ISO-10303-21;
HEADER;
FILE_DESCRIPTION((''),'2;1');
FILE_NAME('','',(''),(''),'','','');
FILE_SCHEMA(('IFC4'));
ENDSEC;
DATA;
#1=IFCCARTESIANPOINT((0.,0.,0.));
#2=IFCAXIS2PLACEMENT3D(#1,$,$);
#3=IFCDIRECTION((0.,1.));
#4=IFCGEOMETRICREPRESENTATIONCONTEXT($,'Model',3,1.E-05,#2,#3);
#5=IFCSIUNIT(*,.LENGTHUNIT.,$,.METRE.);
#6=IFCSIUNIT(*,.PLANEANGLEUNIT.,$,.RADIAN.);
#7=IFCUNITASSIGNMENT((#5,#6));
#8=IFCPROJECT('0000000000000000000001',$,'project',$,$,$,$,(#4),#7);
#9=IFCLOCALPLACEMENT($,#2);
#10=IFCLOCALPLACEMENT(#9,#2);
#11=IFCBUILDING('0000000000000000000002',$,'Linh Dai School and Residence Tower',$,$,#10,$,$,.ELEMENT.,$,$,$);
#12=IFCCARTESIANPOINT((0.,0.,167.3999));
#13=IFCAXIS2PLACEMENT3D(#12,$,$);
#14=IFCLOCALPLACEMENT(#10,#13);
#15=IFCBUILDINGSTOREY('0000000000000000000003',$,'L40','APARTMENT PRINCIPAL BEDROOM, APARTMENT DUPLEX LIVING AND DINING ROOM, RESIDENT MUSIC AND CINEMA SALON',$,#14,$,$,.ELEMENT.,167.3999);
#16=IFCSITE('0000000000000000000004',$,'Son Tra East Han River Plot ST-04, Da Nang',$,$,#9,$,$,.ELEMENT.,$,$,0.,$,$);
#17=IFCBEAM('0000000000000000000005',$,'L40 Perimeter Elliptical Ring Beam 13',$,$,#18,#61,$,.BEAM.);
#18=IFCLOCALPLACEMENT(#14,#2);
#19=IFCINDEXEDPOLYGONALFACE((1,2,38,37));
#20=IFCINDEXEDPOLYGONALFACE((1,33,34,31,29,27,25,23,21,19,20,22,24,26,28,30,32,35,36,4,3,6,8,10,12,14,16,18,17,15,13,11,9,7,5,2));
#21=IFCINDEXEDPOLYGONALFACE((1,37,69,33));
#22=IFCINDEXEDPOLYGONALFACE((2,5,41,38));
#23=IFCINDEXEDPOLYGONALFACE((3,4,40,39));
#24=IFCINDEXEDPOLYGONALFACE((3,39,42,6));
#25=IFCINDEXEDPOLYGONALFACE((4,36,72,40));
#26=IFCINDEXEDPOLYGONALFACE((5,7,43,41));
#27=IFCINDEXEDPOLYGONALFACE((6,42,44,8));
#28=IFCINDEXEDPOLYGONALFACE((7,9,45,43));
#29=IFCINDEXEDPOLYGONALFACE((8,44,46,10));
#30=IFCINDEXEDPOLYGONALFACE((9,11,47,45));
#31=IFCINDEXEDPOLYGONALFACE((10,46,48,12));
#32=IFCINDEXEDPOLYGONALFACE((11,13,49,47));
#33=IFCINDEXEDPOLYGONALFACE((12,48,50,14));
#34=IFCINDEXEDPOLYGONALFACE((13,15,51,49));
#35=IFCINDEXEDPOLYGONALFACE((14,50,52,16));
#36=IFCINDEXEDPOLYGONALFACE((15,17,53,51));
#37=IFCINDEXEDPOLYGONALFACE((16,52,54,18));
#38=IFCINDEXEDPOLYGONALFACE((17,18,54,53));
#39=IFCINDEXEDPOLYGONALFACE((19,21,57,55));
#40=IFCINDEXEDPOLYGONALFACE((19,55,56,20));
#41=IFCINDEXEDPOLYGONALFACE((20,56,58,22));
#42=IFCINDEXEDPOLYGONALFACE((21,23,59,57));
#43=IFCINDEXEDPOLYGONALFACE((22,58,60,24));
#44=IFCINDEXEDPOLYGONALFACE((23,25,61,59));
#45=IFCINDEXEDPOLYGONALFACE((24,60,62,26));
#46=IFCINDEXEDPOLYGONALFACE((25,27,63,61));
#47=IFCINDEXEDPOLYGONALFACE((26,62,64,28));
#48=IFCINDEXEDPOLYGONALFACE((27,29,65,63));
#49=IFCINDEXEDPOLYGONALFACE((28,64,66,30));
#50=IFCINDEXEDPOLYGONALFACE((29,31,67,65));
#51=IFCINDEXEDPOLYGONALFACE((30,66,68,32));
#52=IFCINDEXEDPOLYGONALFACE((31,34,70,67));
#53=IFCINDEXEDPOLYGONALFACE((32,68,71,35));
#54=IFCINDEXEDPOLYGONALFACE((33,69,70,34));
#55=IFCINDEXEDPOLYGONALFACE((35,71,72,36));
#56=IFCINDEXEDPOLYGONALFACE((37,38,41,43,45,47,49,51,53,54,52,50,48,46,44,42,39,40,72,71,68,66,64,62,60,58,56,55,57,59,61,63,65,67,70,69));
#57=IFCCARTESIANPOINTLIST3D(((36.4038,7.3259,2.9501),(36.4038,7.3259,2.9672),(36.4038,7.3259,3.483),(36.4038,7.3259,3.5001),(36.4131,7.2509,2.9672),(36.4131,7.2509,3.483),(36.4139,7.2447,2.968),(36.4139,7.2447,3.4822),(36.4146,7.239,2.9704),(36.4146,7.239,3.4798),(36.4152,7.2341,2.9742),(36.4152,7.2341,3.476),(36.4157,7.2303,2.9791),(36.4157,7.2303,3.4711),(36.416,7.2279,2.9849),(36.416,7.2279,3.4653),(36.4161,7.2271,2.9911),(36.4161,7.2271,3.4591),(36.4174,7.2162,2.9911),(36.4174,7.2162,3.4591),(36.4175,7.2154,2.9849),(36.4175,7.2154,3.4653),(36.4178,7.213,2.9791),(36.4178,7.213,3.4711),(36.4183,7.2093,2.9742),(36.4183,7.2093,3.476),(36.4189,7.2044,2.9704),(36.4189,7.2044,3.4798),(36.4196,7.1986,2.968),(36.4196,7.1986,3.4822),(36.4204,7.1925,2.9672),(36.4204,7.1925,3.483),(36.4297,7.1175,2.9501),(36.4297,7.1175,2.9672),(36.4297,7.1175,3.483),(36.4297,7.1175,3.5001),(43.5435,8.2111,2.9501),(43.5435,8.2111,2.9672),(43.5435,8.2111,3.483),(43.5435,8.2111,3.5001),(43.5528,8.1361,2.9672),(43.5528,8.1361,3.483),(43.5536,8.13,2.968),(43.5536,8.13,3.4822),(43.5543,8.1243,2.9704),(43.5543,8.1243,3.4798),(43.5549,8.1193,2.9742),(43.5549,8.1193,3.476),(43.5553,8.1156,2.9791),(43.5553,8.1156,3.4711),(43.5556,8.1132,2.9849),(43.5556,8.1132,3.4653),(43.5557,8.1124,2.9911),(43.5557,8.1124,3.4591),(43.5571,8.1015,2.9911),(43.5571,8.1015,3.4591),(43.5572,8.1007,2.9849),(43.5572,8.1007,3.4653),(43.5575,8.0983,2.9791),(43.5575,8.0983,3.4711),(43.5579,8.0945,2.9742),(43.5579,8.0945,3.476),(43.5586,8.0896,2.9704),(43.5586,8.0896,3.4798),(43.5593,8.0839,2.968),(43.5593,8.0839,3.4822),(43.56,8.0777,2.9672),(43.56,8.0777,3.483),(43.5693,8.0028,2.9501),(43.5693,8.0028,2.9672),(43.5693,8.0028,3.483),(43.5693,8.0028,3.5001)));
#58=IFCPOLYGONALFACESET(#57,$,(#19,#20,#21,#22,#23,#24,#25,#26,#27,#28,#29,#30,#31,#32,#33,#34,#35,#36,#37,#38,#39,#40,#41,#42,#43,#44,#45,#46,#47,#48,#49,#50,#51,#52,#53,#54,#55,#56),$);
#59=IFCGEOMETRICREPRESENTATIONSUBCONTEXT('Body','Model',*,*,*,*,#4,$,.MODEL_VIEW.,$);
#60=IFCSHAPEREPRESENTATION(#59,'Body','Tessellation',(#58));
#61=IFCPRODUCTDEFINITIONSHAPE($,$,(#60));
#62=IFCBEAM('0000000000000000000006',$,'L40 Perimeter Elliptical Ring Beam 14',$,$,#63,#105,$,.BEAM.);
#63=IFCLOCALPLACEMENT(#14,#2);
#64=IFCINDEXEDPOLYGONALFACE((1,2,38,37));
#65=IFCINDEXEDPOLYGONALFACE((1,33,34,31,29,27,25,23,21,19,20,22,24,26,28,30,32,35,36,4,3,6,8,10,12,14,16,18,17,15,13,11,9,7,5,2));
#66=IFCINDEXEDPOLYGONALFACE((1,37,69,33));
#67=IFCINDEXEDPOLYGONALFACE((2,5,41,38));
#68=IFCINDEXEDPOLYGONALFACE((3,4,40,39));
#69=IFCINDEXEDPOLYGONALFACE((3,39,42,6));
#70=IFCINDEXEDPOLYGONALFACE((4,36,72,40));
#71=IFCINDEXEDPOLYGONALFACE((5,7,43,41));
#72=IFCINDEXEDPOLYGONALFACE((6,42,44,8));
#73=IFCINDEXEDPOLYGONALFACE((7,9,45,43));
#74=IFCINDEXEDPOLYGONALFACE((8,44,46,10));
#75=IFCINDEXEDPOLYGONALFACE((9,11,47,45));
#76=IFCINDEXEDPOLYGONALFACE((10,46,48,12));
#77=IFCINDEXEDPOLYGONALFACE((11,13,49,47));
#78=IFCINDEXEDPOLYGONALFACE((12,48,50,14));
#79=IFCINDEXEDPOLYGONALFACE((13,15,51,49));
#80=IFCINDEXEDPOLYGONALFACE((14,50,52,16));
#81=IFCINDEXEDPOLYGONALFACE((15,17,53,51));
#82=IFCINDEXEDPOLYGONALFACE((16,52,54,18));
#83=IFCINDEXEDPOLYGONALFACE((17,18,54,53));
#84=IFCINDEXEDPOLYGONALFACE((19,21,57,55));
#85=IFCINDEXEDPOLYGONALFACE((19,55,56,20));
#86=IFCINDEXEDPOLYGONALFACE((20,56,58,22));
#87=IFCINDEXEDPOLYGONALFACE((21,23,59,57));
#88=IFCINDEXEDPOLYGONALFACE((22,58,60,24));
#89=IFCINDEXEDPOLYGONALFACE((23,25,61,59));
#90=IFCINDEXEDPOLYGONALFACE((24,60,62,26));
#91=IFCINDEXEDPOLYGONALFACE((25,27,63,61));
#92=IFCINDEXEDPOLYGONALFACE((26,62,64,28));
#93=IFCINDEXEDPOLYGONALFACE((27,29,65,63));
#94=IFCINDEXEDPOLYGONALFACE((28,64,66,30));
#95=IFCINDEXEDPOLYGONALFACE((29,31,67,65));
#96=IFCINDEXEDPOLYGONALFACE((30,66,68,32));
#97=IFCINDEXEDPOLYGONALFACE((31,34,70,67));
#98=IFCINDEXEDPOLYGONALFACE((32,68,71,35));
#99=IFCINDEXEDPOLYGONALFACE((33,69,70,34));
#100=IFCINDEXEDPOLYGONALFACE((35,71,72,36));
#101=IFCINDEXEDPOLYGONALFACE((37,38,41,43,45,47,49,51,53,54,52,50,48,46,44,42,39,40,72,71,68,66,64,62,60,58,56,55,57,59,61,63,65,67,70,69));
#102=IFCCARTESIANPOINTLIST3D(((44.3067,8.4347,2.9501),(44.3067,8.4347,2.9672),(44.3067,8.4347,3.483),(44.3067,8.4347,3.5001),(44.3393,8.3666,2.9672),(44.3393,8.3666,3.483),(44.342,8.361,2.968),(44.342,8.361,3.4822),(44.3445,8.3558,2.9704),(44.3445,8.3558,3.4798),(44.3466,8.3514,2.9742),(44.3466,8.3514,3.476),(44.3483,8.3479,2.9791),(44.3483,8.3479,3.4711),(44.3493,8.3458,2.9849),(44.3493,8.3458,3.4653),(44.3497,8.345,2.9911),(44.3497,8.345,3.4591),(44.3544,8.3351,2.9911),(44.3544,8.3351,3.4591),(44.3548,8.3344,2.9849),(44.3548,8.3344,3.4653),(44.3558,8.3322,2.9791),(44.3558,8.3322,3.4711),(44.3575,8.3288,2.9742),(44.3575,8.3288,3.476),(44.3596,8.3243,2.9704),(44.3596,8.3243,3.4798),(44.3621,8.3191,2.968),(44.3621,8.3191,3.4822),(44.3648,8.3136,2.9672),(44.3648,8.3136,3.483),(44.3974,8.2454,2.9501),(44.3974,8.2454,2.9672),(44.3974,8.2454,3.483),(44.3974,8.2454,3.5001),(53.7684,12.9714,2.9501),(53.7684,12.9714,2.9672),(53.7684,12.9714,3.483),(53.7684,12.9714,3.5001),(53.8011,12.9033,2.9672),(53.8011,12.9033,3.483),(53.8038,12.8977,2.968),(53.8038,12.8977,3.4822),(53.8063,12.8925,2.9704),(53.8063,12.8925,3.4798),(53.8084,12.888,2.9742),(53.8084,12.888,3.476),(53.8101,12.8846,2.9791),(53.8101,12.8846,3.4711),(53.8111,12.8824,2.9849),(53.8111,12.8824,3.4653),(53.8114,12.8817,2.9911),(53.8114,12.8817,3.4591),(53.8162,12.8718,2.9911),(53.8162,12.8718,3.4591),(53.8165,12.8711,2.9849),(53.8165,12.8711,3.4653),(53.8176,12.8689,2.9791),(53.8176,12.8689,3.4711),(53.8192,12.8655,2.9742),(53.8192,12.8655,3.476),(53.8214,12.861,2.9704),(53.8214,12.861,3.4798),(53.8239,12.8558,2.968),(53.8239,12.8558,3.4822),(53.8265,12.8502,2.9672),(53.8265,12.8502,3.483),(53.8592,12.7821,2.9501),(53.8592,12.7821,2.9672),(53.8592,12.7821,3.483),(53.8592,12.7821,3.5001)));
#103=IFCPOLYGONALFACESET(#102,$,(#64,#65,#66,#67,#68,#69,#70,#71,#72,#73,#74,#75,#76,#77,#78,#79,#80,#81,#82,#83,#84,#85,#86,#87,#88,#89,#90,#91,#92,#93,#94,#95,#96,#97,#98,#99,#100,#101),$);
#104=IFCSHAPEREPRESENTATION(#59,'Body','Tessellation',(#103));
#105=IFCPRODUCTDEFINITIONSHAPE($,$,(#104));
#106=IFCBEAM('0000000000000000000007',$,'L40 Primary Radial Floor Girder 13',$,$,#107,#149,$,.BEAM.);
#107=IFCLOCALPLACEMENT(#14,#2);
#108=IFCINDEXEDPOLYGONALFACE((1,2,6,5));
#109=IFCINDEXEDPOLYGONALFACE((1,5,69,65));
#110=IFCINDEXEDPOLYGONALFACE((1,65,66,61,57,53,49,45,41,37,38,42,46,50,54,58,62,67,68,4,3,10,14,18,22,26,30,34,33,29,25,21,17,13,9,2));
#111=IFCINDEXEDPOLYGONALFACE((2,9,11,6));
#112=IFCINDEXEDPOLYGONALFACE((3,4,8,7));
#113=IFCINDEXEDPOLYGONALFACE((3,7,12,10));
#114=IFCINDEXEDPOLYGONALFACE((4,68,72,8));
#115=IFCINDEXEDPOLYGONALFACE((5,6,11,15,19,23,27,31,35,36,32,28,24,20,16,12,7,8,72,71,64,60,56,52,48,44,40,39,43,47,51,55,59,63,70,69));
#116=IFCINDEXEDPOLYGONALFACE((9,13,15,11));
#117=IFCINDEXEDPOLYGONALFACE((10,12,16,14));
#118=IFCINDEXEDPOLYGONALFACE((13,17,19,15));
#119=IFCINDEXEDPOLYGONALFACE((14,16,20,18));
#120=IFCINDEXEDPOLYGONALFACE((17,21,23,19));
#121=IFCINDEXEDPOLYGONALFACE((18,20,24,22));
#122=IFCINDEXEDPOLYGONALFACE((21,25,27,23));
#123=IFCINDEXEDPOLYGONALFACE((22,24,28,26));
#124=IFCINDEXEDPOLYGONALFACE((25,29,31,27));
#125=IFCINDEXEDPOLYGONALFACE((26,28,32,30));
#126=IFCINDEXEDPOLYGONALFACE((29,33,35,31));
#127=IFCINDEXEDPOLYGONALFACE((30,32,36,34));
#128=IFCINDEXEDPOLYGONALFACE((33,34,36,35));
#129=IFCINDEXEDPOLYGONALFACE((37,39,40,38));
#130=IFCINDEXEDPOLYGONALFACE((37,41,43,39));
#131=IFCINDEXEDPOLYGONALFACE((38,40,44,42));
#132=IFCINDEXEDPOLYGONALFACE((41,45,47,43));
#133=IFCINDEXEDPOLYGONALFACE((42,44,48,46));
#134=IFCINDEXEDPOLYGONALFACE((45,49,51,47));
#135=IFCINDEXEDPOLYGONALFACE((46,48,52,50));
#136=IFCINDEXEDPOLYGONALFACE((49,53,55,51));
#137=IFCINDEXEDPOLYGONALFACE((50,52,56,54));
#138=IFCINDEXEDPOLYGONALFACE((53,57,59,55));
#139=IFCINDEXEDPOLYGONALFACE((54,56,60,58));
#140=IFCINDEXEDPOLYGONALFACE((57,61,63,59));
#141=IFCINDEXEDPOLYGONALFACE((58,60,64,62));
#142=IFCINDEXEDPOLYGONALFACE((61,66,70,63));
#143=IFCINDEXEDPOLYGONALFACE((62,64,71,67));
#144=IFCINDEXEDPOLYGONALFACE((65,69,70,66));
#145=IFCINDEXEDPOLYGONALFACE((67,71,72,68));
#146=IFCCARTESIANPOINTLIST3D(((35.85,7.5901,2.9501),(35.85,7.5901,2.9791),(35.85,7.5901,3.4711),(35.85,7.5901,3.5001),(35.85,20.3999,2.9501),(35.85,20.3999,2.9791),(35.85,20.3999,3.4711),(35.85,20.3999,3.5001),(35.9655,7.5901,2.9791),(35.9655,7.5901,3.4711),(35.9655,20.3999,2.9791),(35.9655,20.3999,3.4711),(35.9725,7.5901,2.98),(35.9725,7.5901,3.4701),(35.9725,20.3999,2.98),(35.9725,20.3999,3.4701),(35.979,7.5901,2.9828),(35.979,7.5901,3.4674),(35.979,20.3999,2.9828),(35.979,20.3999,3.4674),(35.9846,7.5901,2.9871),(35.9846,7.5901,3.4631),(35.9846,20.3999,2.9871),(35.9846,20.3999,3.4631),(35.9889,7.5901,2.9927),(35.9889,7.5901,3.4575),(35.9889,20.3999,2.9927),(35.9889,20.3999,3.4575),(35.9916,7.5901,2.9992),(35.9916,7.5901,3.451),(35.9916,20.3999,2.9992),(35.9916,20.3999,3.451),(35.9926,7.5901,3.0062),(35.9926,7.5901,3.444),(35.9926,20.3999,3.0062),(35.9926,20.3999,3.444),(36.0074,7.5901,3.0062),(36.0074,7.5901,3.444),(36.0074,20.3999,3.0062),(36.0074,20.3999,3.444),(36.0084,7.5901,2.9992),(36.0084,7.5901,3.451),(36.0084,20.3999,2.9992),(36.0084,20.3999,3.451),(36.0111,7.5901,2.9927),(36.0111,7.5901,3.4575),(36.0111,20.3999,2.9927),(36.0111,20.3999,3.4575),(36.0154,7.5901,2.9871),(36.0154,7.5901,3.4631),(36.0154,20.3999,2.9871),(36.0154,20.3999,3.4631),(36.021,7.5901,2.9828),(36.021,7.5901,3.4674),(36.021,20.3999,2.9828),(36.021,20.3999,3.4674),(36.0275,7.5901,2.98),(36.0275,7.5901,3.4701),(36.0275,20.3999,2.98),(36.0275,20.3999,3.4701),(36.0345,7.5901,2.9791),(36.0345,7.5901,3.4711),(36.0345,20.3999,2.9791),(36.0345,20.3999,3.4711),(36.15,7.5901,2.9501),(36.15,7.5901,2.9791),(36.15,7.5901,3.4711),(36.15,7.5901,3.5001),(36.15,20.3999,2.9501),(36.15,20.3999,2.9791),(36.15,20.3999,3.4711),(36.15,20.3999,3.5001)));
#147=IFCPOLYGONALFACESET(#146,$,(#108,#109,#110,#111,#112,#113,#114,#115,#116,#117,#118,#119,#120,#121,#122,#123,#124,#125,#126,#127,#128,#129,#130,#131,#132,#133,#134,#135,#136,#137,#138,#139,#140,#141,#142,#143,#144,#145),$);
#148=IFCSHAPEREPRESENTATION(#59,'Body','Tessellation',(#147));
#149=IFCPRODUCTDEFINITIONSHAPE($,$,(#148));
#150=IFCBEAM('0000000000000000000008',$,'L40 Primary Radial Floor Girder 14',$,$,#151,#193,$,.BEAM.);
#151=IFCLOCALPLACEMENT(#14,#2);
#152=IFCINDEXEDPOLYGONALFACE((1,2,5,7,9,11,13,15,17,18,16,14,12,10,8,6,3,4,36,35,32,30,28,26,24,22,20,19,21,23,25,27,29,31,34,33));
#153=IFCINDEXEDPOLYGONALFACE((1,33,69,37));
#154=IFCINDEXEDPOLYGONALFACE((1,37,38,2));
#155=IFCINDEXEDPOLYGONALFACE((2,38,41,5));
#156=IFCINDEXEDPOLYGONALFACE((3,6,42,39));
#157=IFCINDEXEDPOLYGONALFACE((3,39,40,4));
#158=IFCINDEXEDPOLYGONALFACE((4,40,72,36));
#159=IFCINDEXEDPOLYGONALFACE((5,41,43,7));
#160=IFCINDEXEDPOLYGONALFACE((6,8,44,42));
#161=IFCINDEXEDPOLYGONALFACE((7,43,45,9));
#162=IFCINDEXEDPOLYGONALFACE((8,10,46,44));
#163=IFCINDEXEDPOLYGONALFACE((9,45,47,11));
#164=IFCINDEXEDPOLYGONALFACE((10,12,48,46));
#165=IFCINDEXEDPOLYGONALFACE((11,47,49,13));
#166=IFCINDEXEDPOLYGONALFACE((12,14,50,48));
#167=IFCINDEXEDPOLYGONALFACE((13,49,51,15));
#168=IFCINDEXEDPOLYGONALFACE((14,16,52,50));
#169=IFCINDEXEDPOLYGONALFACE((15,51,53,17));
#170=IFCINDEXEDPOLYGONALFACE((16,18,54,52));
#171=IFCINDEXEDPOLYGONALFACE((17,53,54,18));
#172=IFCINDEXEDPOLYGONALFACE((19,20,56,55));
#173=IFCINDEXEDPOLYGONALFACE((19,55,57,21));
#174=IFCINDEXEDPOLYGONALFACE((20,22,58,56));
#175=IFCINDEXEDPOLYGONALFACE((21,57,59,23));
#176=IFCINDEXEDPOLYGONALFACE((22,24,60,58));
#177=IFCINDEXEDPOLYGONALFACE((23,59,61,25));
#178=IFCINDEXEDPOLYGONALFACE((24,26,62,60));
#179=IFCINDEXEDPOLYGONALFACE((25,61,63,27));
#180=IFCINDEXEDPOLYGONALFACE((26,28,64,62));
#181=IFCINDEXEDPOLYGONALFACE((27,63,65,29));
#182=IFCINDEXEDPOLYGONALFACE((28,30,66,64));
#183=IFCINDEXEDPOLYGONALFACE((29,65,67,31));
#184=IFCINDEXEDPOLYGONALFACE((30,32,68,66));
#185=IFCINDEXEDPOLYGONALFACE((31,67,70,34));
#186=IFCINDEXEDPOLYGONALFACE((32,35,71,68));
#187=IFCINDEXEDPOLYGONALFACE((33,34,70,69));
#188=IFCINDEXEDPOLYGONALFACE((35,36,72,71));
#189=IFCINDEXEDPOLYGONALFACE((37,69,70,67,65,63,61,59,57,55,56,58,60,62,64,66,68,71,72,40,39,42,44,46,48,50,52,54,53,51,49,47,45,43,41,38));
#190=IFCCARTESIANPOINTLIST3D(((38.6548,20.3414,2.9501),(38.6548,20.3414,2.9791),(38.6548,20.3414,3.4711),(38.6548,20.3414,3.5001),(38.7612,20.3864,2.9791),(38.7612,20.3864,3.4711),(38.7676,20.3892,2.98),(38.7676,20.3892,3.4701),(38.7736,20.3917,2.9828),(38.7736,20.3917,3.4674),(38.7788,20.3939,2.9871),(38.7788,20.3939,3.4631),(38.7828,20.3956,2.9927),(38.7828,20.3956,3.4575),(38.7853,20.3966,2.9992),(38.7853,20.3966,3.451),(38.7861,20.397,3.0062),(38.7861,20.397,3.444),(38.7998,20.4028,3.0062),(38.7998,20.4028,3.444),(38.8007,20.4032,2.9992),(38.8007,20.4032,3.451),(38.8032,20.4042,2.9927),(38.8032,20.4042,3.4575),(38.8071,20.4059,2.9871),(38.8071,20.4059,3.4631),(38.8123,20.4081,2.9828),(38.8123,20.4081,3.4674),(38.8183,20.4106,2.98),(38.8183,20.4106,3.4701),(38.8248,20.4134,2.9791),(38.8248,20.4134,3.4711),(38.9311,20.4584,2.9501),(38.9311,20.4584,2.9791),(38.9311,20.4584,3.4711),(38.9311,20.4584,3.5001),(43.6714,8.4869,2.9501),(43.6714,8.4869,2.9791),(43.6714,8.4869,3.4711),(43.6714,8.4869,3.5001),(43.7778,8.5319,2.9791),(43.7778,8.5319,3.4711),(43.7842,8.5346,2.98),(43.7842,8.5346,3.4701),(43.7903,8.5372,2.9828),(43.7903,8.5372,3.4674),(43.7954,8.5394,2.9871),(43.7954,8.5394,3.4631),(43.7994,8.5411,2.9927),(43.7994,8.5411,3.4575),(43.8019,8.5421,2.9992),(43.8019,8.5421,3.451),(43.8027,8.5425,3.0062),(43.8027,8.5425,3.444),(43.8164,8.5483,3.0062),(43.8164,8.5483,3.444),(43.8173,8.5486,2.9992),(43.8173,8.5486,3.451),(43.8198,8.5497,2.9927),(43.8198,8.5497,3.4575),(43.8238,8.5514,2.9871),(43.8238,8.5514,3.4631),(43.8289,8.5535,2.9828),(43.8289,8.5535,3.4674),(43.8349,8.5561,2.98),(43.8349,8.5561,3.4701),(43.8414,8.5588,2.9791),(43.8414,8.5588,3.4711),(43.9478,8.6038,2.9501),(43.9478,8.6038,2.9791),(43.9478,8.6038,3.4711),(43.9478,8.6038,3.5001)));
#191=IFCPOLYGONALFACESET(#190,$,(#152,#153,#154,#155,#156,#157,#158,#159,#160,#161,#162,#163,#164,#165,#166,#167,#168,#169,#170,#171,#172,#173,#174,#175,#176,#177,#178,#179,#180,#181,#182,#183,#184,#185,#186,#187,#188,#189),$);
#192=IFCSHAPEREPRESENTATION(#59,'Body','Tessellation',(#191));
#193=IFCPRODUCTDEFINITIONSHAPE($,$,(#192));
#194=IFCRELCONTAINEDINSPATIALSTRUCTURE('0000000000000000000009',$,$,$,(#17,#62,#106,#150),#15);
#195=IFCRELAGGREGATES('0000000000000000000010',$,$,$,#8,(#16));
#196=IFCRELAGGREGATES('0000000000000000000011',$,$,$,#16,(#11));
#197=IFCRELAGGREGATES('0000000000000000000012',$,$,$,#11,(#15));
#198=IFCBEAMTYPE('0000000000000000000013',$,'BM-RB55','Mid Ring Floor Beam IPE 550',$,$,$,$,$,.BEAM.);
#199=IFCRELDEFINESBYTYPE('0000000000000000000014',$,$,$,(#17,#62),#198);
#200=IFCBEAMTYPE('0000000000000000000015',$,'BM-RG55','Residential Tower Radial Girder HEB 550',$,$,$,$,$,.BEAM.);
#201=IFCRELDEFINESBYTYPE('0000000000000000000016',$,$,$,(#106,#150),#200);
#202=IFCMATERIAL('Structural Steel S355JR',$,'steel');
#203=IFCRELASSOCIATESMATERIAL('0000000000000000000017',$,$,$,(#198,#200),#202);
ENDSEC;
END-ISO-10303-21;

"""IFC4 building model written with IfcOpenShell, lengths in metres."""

from ifc_helpers import new_model, si_unit, direction, frame, origin, origin_2d, place, context, subcontext, project, spatial, i_section, extrude, material, material_profile, profile_set, type_object, element, save


model = new_model("IFC4")

# Units and contexts
model_context = context("Model", 3, precision=1e-05, world=origin(), true_north=direction((0.0, 1.0)))
body_context = subcontext(model_context, "Body", "Model", "MODEL_VIEW")
ifc_project = project(units=[si_unit("LENGTHUNIT", "METRE"), si_unit("PLANEANGLEUNIT", "RADIAN")], contexts=[model_context])

# Site, building, storey
site_placement = place(None, origin())
site = spatial("IfcSite", under=ifc_project, at=site_placement, Name="Son Tra East Han River Plot ST-04, Da Nang", CompositionType="ELEMENT", RefElevation=0.0)
building_placement = place(site_placement, origin())
building = spatial("IfcBuilding", under=site, at=building_placement, Name="Linh Dai School and Residence Tower", CompositionType="ELEMENT")
storey_placement = place(building_placement, frame((0.0, 0.0, 167.3999)))
storey = spatial("IfcBuildingStorey", under=building, at=storey_placement, Name="L40", Description="APARTMENT PRINCIPAL BEDROOM, APARTMENT DUPLEX LIVING AND DINING ROOM, RESIDENT MUSIC AND CINEMA SALON", CompositionType="ELEMENT", Elevation=167.3999)

# Shared definitions
ifc_material_1 = material(Name="Structural Steel S355JR", Category="steel")

# Beams
ifc_material_profile_1 = material_profile(ifc_material_1, i_section(OverallWidth=0.21, OverallDepth=0.55, WebThickness=0.011, FlangeThickness=0.0171, FilletRadius=0.0239, at=origin_2d()), Name="IPE 550")
ifc_profile_set_1 = profile_set([ifc_material_profile_1], Name="Structural Steel S355JR")
beam_type_1 = type_object("IfcBeamType", Name="BM-RB55", Description="Mid Ring Floor Beam IPE 550", PredefinedType="BEAM", material=ifc_profile_set_1)
beam_1_placement = place(storey_placement, frame((36.4167, 7.2217, 3.2251), z_axis=(0.992401, 0.123049, 0.0), x_axis=(-0.123049, 0.992401, 0.0)))
element("IfcBeam", 1, at=beam_1_placement, inside=storey, type_object=beam_type_1, Name="L40 Perimeter Elliptical Ring Beam 13", PredefinedType="BEAM", context=body_context, shape_type="SweptSolid", body=[
    extrude(i_section(OverallWidth=0.21, OverallDepth=0.55, WebThickness=0.011, FlangeThickness=0.0171, FilletRadius=0.0239, at=origin_2d()), origin(), (0.0, 0.0, 1.0), 7.1943),
])
beam_2_placement = place(storey_placement, frame((44.3521, 8.3401, 3.2251), z_axis=(0.901708, 0.432345, 0.0), x_axis=(-0.432345, 0.901708, 0.0)))
element("IfcBeam", 2, at=beam_2_placement, inside=storey, type_object=beam_type_1, Name="L40 Perimeter Elliptical Ring Beam 14", PredefinedType="BEAM", context=body_context, shape_type="SweptSolid", body=[
    extrude(i_section(OverallWidth=0.21, OverallDepth=0.55, WebThickness=0.011, FlangeThickness=0.0171, FilletRadius=0.0239, at=origin_2d()), origin(), (0.0, 0.0, 1.0), 10.4932),
])
ifc_material_profile_2 = material_profile(ifc_material_1, i_section(OverallWidth=0.3, OverallDepth=0.55, WebThickness=0.0149, FlangeThickness=0.0291, FilletRadius=0.0271, at=origin_2d()), Name="HEB 550")
ifc_profile_set_2 = profile_set([ifc_material_profile_2], Name="Structural Steel S355JR")
beam_type_2 = type_object("IfcBeamType", Name="BM-RG55", Description="Residential Tower Radial Girder HEB 550", PredefinedType="BEAM", material=ifc_profile_set_2)
beam_3_placement = place(storey_placement, frame((36.0, 20.3999, 3.2251), z_axis=(0.0, -1.0, 0.0), x_axis=(1.0, 0.0, 0.0)))
element("IfcBeam", 3, at=beam_3_placement, inside=storey, type_object=beam_type_2, Name="L40 Primary Radial Floor Girder 13", PredefinedType="BEAM", context=body_context, shape_type="SweptSolid", body=[
    extrude(i_section(OverallWidth=0.3, OverallDepth=0.55, WebThickness=0.0149, FlangeThickness=0.0291, FilletRadius=0.0271, at=origin_2d()), origin(), (0.0, 0.0, 1.0), 12.8098),
])
beam_4_placement = place(storey_placement, frame((38.793, 20.3999, 3.2251), z_axis=(0.389722, -0.920933, 0.0), x_axis=(0.920933, 0.389722, 0.0)))
element("IfcBeam", 4, at=beam_4_placement, inside=storey, type_object=beam_type_2, Name="L40 Primary Radial Floor Girder 14", PredefinedType="BEAM", context=body_context, shape_type="SweptSolid", body=[
    extrude(i_section(OverallWidth=0.3, OverallDepth=0.55, WebThickness=0.0149, FlangeThickness=0.0291, FilletRadius=0.0271, at=origin_2d()), origin(), (0.0, 0.0, 1.0), 12.8723),
])

save(model, "model.ifc")
